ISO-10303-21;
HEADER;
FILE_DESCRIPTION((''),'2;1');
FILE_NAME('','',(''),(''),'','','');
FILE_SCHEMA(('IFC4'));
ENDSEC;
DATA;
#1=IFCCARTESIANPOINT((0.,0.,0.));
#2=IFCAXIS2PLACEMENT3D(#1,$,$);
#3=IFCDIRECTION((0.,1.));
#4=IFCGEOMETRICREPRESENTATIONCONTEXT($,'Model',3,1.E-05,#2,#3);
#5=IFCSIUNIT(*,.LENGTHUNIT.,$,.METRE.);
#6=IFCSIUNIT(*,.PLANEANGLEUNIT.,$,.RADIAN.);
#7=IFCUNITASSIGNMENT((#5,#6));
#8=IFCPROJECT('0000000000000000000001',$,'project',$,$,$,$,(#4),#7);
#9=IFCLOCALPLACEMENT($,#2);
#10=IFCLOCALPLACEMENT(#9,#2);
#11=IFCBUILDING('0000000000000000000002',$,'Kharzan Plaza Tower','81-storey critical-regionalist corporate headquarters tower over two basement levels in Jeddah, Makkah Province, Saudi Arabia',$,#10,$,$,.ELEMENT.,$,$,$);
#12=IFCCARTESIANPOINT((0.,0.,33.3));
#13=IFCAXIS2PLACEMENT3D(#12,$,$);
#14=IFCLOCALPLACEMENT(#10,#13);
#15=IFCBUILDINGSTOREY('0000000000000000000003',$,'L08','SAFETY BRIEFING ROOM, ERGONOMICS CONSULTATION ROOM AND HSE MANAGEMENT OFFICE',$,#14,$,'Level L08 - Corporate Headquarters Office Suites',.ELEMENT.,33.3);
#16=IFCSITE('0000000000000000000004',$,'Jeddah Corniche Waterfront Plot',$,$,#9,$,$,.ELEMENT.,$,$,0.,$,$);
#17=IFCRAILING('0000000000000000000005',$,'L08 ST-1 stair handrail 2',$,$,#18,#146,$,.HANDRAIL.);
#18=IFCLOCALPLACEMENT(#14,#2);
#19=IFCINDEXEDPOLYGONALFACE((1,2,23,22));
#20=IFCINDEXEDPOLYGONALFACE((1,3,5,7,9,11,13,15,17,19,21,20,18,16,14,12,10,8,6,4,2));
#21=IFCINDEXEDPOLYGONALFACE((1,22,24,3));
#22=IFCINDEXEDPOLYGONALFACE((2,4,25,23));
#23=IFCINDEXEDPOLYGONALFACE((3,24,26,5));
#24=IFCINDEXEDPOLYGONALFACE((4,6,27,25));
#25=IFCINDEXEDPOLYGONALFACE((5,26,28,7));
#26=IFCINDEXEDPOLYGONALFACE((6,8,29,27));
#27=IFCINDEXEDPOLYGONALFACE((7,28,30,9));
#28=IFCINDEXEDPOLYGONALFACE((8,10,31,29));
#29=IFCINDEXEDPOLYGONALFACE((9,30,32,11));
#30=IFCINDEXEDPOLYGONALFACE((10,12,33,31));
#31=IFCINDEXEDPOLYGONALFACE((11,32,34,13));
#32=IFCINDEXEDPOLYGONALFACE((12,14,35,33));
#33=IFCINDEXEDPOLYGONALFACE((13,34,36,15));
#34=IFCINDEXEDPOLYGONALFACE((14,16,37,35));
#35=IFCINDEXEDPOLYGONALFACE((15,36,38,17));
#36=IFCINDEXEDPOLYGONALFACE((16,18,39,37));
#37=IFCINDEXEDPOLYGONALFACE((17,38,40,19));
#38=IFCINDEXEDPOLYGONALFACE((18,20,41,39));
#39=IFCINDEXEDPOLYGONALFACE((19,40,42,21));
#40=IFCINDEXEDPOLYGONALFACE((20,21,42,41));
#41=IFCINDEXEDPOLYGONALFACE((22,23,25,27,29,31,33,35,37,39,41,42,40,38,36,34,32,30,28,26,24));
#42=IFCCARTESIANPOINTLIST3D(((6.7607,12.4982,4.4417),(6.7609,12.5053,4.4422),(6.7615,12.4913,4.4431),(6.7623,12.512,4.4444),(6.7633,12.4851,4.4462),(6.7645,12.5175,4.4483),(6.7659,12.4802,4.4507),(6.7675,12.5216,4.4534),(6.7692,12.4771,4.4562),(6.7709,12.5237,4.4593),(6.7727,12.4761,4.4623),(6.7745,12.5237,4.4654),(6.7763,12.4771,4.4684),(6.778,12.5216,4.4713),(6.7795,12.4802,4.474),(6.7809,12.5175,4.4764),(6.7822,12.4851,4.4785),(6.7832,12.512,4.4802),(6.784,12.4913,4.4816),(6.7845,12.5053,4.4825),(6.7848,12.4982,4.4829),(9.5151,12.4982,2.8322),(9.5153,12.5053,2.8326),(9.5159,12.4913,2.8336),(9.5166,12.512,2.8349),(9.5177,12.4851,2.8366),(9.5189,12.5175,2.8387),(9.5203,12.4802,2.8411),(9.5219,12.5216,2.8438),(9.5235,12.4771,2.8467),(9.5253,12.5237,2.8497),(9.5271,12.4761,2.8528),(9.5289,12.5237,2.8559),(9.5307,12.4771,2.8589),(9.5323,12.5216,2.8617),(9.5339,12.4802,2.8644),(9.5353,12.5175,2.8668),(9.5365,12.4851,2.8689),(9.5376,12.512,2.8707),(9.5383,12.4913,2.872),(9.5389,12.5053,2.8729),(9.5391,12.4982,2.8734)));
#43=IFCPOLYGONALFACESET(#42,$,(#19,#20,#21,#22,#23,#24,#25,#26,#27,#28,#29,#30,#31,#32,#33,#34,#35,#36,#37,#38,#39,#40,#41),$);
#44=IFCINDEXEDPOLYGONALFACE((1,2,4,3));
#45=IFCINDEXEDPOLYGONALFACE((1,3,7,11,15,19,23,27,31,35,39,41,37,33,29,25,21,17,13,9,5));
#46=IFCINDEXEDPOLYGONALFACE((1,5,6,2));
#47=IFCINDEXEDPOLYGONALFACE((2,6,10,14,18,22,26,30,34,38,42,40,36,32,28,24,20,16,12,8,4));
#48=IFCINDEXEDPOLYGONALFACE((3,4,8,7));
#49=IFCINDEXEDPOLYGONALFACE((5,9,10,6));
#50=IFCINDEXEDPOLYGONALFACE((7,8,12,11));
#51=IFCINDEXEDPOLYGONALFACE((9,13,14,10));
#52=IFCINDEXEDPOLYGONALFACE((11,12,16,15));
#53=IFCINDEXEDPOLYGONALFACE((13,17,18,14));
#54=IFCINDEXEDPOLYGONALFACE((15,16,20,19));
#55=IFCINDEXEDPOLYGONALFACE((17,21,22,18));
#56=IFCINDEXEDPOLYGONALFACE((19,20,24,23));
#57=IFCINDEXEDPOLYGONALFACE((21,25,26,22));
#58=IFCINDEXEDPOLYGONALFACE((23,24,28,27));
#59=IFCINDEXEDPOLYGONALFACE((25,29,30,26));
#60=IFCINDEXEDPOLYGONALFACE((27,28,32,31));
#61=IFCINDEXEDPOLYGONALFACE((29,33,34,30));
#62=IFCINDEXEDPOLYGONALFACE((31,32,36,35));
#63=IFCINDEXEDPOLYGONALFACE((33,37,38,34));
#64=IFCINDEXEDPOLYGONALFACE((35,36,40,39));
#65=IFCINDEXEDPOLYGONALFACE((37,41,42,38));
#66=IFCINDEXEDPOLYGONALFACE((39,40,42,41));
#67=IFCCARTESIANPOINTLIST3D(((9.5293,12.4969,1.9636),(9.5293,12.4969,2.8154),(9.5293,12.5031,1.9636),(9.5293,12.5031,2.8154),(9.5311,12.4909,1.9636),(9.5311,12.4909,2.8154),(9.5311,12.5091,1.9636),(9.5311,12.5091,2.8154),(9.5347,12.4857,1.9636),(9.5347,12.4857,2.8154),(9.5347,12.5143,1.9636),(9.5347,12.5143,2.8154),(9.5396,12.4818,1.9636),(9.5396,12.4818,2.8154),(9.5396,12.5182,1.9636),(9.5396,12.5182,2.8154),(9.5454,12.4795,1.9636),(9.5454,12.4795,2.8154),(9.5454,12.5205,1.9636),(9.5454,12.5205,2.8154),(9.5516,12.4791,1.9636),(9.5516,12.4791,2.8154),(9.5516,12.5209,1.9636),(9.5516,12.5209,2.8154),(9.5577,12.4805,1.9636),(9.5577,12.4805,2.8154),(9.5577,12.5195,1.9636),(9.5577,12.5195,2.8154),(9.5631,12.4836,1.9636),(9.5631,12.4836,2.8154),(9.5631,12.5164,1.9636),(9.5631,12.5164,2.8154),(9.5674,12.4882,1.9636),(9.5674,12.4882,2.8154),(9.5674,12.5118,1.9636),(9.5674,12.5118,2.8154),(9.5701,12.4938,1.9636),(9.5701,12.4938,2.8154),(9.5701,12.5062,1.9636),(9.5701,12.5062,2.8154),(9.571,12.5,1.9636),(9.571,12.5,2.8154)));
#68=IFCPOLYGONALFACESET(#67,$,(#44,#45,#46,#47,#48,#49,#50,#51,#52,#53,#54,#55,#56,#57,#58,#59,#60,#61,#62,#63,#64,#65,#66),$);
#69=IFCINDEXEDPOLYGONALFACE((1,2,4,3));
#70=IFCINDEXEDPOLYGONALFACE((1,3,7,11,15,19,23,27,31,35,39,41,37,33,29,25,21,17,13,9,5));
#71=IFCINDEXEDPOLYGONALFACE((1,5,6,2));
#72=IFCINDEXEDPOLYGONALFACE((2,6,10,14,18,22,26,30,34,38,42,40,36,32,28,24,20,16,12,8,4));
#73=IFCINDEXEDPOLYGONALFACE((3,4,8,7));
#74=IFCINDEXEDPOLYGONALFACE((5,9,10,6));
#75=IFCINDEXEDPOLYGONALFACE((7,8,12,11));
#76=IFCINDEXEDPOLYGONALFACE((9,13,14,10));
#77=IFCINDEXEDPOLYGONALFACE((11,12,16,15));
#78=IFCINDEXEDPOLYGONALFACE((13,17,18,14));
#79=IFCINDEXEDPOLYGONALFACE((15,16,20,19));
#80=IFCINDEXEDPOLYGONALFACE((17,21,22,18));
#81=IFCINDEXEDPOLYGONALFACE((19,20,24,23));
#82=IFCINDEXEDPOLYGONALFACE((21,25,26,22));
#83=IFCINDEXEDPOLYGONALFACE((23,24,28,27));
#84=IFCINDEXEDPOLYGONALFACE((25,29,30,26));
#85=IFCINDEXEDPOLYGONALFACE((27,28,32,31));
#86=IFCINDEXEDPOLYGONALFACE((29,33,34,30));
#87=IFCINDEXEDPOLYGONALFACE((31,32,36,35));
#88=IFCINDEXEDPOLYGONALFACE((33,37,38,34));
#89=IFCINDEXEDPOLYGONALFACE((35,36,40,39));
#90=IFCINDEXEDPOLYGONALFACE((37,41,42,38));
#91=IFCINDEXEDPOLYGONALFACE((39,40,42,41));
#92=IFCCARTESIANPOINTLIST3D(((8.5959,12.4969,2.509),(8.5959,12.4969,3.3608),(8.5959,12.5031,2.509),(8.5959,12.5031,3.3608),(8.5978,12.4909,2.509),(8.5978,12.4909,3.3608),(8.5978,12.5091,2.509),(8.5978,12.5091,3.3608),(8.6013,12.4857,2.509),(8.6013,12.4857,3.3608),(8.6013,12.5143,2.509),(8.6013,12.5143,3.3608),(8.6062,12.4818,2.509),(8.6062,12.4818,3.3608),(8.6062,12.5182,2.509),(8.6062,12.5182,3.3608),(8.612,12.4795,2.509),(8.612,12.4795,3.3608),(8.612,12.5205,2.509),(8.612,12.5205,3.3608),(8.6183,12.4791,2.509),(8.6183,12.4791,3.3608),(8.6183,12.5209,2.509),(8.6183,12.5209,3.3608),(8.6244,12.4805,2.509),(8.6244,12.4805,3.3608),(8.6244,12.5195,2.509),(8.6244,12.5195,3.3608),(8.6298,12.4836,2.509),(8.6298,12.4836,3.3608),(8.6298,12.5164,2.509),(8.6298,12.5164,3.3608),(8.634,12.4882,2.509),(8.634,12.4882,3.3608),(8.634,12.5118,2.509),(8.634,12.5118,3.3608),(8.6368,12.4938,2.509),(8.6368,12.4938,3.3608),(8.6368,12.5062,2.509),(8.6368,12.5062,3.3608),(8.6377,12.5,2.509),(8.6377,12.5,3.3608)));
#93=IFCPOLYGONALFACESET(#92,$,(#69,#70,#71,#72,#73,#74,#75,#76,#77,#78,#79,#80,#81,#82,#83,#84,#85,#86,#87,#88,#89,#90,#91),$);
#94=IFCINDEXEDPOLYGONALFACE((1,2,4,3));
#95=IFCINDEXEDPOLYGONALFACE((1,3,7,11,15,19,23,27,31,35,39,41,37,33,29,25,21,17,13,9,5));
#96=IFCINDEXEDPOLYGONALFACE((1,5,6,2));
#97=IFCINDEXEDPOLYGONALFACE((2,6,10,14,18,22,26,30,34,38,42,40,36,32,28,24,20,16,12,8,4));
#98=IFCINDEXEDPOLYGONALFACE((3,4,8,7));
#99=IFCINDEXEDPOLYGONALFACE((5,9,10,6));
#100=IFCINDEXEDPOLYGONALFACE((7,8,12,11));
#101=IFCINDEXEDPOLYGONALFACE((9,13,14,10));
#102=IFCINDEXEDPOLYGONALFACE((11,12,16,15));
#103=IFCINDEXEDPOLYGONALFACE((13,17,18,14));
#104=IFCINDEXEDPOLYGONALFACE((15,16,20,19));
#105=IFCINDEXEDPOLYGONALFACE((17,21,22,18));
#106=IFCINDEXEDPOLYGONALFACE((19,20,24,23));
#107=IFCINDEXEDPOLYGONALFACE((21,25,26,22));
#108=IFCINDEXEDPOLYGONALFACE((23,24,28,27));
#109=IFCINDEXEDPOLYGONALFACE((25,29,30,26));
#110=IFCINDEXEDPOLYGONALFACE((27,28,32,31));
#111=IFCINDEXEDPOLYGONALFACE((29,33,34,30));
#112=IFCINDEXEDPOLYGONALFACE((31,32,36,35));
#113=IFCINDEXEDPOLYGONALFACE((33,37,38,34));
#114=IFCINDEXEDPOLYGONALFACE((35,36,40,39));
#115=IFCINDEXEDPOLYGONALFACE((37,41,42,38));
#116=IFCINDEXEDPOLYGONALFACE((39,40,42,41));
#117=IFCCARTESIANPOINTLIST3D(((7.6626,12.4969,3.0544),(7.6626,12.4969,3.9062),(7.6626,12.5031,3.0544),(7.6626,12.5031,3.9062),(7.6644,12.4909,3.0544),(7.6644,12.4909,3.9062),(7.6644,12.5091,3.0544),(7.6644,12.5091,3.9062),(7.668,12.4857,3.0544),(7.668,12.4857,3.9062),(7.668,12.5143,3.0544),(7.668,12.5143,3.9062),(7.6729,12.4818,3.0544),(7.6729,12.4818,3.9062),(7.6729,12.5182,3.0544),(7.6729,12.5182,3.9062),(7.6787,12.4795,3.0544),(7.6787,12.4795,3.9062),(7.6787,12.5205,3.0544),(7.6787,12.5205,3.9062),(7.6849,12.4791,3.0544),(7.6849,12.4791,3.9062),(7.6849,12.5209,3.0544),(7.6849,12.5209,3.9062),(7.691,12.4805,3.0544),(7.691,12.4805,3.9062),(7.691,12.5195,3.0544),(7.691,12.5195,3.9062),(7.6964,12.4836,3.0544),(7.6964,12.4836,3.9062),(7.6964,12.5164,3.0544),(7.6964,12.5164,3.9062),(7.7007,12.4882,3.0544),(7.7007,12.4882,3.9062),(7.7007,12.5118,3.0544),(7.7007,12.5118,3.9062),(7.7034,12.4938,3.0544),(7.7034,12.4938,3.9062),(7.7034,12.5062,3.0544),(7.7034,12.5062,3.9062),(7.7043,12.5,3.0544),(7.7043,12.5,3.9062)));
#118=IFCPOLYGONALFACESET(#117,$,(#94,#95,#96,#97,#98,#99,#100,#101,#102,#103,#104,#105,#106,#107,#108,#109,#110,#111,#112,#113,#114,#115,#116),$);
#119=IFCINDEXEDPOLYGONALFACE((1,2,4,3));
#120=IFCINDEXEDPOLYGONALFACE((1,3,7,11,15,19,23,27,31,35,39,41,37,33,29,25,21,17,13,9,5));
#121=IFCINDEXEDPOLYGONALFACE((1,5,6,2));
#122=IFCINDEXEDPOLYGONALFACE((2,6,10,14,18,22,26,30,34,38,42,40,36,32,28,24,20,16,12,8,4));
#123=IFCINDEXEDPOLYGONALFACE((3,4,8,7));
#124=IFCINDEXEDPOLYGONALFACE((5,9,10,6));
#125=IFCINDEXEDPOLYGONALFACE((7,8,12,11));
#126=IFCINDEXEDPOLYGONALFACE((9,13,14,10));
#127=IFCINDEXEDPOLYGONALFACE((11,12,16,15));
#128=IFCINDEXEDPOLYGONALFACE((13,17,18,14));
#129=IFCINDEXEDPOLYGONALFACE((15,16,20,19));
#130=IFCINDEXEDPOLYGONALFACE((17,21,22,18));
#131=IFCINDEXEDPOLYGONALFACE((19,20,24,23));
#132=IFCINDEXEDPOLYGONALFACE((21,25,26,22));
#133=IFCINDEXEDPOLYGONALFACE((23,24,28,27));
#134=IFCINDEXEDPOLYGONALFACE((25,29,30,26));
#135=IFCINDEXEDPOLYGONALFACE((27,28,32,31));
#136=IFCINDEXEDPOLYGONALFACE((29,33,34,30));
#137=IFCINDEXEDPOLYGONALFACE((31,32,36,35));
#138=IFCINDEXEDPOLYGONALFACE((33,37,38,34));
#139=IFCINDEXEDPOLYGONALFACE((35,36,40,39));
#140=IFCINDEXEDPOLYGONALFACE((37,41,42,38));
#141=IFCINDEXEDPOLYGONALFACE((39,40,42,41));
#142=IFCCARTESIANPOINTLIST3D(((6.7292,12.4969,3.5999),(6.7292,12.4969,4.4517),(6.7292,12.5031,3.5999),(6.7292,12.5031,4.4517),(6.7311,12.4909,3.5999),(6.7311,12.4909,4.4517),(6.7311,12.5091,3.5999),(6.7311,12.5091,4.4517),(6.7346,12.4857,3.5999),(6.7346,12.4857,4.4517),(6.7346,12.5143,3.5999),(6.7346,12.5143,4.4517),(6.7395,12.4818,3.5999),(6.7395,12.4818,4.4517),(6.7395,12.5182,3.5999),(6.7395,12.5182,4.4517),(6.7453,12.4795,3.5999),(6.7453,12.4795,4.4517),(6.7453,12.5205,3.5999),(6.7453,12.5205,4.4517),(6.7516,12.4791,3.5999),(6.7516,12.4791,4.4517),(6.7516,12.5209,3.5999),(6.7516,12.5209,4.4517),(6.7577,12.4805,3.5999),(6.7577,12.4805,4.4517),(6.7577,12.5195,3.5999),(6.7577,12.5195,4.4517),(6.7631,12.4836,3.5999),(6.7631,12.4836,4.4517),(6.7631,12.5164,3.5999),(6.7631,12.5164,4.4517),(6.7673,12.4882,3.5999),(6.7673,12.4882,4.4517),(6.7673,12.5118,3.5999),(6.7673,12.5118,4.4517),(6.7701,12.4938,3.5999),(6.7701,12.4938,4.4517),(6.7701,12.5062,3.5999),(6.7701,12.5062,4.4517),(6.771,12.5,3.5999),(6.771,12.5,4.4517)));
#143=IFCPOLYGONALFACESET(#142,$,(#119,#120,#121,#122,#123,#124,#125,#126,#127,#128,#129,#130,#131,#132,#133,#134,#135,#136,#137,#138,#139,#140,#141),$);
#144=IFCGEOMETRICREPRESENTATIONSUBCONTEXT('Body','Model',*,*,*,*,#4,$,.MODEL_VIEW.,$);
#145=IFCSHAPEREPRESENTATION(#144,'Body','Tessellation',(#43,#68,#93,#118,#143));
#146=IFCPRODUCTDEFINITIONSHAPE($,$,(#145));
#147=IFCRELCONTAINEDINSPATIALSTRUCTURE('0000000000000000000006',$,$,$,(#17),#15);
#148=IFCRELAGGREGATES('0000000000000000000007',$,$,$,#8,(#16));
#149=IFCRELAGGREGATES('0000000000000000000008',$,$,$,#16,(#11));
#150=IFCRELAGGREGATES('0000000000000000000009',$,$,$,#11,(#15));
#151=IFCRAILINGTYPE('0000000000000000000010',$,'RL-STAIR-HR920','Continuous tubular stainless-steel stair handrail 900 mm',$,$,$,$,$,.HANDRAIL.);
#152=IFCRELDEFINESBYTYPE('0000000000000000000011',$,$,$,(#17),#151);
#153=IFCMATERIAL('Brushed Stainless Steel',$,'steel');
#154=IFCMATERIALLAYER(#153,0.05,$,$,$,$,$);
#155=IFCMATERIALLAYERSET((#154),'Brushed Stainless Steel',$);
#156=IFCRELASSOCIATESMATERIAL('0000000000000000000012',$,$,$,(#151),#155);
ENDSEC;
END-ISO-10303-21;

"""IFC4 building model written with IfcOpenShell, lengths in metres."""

from ifc_helpers import new_model, si_unit, direction, frame, origin, origin_2d, place, context, subcontext, project, spatial, circle, extrude, source, transform, mapped, material, layer, layer_set, type_object, element, save


model = new_model("IFC4")

# Units and contexts
model_context = context("Model", 3, precision=1e-05, world=origin(), true_north=direction((0.0, 1.0)))
body_context = subcontext(model_context, "Body", "Model", "MODEL_VIEW")
ifc_project = project(units=[si_unit("LENGTHUNIT", "METRE"), si_unit("PLANEANGLEUNIT", "RADIAN")], contexts=[model_context])

# Site, building, storey
site_placement = place(None, origin())
site = spatial("IfcSite", under=ifc_project, at=site_placement, Name="Jeddah Corniche Waterfront Plot", CompositionType="ELEMENT", RefElevation=0.0)
building_placement = place(site_placement, origin())
building = spatial("IfcBuilding", under=site, at=building_placement, Name="Kharzan Plaza Tower", Description="81-storey critical-regionalist corporate headquarters tower over two basement levels in Jeddah, Makkah Province, Saudi Arabia", CompositionType="ELEMENT")
storey_placement = place(building_placement, frame((0.0, 0.0, 33.3)))
storey = spatial("IfcBuildingStorey", under=building, at=storey_placement, Name="L08", Description="SAFETY BRIEFING ROOM, ERGONOMICS CONSULTATION ROOM AND HSE MANAGEMENT OFFICE", LongName="Level L08 - Corporate Headquarters Office Suites", CompositionType="ELEMENT", Elevation=33.3)

# Shared definitions
ifc_material_1 = material(Name="Brushed Stainless Steel", Category="steel")

# Railing
ifc_layer_1 = layer(ifc_material_1, 0.05)
ifc_layer_set_1 = layer_set([ifc_layer_1], Name="Brushed Stainless Steel")
railing_type = type_object("IfcRailingType", Name="RL-STAIR-HR920", Description="Continuous tubular stainless-steel stair handrail 900 mm", PredefinedType="HANDRAIL", material=ifc_layer_set_1)
shared_shape_1 = source(origin(), body_context, "Body", "SweptSolid", [
    extrude(circle(Radius=0.0239, at=origin_2d()), frame((-0.0229, 0.0, 0.8892), z_axis=(-0.863394, 0.0, 0.504531), x_axis=(0.0, -1.0, 0.0)), (0.0, 0.0, 1.0), 3.1902),
    extrude(circle(Radius=0.021, at=origin_2d()), origin(), (0.0, 0.0, 1.0), 0.8518),
    extrude(circle(Radius=0.021, at=origin_2d()), frame((-0.9333, 0.0, 0.5454)), (0.0, 0.0, 1.0), 0.8518),
    extrude(circle(Radius=0.021, at=origin_2d()), frame((-1.8667, 0.0, 1.0908)), (0.0, 0.0, 1.0), 0.8518),
    extrude(circle(Radius=0.021, at=origin_2d()), frame((-2.8, 0.0, 1.6362)), (0.0, 0.0, 1.0), 0.8518),
])
railing_placement = place(storey_placement, frame((9.55, 12.5, 1.9636)))
element("IfcRailing", 1, at=railing_placement, inside=storey, type_object=railing_type, Name="L08 ST-1 stair handrail 2", PredefinedType="HANDRAIL", context=body_context, shape_type="MappedRepresentation", body=[
    mapped(shared_shape_1, transform((0.0, 0.0, 0.0), x_axis=(1.0, 0.0, 0.0), y_axis=(0.0, 1.0, 0.0), z_axis=(0.0, 0.0, 1.0))),
])

save(model, "model.ifc")
